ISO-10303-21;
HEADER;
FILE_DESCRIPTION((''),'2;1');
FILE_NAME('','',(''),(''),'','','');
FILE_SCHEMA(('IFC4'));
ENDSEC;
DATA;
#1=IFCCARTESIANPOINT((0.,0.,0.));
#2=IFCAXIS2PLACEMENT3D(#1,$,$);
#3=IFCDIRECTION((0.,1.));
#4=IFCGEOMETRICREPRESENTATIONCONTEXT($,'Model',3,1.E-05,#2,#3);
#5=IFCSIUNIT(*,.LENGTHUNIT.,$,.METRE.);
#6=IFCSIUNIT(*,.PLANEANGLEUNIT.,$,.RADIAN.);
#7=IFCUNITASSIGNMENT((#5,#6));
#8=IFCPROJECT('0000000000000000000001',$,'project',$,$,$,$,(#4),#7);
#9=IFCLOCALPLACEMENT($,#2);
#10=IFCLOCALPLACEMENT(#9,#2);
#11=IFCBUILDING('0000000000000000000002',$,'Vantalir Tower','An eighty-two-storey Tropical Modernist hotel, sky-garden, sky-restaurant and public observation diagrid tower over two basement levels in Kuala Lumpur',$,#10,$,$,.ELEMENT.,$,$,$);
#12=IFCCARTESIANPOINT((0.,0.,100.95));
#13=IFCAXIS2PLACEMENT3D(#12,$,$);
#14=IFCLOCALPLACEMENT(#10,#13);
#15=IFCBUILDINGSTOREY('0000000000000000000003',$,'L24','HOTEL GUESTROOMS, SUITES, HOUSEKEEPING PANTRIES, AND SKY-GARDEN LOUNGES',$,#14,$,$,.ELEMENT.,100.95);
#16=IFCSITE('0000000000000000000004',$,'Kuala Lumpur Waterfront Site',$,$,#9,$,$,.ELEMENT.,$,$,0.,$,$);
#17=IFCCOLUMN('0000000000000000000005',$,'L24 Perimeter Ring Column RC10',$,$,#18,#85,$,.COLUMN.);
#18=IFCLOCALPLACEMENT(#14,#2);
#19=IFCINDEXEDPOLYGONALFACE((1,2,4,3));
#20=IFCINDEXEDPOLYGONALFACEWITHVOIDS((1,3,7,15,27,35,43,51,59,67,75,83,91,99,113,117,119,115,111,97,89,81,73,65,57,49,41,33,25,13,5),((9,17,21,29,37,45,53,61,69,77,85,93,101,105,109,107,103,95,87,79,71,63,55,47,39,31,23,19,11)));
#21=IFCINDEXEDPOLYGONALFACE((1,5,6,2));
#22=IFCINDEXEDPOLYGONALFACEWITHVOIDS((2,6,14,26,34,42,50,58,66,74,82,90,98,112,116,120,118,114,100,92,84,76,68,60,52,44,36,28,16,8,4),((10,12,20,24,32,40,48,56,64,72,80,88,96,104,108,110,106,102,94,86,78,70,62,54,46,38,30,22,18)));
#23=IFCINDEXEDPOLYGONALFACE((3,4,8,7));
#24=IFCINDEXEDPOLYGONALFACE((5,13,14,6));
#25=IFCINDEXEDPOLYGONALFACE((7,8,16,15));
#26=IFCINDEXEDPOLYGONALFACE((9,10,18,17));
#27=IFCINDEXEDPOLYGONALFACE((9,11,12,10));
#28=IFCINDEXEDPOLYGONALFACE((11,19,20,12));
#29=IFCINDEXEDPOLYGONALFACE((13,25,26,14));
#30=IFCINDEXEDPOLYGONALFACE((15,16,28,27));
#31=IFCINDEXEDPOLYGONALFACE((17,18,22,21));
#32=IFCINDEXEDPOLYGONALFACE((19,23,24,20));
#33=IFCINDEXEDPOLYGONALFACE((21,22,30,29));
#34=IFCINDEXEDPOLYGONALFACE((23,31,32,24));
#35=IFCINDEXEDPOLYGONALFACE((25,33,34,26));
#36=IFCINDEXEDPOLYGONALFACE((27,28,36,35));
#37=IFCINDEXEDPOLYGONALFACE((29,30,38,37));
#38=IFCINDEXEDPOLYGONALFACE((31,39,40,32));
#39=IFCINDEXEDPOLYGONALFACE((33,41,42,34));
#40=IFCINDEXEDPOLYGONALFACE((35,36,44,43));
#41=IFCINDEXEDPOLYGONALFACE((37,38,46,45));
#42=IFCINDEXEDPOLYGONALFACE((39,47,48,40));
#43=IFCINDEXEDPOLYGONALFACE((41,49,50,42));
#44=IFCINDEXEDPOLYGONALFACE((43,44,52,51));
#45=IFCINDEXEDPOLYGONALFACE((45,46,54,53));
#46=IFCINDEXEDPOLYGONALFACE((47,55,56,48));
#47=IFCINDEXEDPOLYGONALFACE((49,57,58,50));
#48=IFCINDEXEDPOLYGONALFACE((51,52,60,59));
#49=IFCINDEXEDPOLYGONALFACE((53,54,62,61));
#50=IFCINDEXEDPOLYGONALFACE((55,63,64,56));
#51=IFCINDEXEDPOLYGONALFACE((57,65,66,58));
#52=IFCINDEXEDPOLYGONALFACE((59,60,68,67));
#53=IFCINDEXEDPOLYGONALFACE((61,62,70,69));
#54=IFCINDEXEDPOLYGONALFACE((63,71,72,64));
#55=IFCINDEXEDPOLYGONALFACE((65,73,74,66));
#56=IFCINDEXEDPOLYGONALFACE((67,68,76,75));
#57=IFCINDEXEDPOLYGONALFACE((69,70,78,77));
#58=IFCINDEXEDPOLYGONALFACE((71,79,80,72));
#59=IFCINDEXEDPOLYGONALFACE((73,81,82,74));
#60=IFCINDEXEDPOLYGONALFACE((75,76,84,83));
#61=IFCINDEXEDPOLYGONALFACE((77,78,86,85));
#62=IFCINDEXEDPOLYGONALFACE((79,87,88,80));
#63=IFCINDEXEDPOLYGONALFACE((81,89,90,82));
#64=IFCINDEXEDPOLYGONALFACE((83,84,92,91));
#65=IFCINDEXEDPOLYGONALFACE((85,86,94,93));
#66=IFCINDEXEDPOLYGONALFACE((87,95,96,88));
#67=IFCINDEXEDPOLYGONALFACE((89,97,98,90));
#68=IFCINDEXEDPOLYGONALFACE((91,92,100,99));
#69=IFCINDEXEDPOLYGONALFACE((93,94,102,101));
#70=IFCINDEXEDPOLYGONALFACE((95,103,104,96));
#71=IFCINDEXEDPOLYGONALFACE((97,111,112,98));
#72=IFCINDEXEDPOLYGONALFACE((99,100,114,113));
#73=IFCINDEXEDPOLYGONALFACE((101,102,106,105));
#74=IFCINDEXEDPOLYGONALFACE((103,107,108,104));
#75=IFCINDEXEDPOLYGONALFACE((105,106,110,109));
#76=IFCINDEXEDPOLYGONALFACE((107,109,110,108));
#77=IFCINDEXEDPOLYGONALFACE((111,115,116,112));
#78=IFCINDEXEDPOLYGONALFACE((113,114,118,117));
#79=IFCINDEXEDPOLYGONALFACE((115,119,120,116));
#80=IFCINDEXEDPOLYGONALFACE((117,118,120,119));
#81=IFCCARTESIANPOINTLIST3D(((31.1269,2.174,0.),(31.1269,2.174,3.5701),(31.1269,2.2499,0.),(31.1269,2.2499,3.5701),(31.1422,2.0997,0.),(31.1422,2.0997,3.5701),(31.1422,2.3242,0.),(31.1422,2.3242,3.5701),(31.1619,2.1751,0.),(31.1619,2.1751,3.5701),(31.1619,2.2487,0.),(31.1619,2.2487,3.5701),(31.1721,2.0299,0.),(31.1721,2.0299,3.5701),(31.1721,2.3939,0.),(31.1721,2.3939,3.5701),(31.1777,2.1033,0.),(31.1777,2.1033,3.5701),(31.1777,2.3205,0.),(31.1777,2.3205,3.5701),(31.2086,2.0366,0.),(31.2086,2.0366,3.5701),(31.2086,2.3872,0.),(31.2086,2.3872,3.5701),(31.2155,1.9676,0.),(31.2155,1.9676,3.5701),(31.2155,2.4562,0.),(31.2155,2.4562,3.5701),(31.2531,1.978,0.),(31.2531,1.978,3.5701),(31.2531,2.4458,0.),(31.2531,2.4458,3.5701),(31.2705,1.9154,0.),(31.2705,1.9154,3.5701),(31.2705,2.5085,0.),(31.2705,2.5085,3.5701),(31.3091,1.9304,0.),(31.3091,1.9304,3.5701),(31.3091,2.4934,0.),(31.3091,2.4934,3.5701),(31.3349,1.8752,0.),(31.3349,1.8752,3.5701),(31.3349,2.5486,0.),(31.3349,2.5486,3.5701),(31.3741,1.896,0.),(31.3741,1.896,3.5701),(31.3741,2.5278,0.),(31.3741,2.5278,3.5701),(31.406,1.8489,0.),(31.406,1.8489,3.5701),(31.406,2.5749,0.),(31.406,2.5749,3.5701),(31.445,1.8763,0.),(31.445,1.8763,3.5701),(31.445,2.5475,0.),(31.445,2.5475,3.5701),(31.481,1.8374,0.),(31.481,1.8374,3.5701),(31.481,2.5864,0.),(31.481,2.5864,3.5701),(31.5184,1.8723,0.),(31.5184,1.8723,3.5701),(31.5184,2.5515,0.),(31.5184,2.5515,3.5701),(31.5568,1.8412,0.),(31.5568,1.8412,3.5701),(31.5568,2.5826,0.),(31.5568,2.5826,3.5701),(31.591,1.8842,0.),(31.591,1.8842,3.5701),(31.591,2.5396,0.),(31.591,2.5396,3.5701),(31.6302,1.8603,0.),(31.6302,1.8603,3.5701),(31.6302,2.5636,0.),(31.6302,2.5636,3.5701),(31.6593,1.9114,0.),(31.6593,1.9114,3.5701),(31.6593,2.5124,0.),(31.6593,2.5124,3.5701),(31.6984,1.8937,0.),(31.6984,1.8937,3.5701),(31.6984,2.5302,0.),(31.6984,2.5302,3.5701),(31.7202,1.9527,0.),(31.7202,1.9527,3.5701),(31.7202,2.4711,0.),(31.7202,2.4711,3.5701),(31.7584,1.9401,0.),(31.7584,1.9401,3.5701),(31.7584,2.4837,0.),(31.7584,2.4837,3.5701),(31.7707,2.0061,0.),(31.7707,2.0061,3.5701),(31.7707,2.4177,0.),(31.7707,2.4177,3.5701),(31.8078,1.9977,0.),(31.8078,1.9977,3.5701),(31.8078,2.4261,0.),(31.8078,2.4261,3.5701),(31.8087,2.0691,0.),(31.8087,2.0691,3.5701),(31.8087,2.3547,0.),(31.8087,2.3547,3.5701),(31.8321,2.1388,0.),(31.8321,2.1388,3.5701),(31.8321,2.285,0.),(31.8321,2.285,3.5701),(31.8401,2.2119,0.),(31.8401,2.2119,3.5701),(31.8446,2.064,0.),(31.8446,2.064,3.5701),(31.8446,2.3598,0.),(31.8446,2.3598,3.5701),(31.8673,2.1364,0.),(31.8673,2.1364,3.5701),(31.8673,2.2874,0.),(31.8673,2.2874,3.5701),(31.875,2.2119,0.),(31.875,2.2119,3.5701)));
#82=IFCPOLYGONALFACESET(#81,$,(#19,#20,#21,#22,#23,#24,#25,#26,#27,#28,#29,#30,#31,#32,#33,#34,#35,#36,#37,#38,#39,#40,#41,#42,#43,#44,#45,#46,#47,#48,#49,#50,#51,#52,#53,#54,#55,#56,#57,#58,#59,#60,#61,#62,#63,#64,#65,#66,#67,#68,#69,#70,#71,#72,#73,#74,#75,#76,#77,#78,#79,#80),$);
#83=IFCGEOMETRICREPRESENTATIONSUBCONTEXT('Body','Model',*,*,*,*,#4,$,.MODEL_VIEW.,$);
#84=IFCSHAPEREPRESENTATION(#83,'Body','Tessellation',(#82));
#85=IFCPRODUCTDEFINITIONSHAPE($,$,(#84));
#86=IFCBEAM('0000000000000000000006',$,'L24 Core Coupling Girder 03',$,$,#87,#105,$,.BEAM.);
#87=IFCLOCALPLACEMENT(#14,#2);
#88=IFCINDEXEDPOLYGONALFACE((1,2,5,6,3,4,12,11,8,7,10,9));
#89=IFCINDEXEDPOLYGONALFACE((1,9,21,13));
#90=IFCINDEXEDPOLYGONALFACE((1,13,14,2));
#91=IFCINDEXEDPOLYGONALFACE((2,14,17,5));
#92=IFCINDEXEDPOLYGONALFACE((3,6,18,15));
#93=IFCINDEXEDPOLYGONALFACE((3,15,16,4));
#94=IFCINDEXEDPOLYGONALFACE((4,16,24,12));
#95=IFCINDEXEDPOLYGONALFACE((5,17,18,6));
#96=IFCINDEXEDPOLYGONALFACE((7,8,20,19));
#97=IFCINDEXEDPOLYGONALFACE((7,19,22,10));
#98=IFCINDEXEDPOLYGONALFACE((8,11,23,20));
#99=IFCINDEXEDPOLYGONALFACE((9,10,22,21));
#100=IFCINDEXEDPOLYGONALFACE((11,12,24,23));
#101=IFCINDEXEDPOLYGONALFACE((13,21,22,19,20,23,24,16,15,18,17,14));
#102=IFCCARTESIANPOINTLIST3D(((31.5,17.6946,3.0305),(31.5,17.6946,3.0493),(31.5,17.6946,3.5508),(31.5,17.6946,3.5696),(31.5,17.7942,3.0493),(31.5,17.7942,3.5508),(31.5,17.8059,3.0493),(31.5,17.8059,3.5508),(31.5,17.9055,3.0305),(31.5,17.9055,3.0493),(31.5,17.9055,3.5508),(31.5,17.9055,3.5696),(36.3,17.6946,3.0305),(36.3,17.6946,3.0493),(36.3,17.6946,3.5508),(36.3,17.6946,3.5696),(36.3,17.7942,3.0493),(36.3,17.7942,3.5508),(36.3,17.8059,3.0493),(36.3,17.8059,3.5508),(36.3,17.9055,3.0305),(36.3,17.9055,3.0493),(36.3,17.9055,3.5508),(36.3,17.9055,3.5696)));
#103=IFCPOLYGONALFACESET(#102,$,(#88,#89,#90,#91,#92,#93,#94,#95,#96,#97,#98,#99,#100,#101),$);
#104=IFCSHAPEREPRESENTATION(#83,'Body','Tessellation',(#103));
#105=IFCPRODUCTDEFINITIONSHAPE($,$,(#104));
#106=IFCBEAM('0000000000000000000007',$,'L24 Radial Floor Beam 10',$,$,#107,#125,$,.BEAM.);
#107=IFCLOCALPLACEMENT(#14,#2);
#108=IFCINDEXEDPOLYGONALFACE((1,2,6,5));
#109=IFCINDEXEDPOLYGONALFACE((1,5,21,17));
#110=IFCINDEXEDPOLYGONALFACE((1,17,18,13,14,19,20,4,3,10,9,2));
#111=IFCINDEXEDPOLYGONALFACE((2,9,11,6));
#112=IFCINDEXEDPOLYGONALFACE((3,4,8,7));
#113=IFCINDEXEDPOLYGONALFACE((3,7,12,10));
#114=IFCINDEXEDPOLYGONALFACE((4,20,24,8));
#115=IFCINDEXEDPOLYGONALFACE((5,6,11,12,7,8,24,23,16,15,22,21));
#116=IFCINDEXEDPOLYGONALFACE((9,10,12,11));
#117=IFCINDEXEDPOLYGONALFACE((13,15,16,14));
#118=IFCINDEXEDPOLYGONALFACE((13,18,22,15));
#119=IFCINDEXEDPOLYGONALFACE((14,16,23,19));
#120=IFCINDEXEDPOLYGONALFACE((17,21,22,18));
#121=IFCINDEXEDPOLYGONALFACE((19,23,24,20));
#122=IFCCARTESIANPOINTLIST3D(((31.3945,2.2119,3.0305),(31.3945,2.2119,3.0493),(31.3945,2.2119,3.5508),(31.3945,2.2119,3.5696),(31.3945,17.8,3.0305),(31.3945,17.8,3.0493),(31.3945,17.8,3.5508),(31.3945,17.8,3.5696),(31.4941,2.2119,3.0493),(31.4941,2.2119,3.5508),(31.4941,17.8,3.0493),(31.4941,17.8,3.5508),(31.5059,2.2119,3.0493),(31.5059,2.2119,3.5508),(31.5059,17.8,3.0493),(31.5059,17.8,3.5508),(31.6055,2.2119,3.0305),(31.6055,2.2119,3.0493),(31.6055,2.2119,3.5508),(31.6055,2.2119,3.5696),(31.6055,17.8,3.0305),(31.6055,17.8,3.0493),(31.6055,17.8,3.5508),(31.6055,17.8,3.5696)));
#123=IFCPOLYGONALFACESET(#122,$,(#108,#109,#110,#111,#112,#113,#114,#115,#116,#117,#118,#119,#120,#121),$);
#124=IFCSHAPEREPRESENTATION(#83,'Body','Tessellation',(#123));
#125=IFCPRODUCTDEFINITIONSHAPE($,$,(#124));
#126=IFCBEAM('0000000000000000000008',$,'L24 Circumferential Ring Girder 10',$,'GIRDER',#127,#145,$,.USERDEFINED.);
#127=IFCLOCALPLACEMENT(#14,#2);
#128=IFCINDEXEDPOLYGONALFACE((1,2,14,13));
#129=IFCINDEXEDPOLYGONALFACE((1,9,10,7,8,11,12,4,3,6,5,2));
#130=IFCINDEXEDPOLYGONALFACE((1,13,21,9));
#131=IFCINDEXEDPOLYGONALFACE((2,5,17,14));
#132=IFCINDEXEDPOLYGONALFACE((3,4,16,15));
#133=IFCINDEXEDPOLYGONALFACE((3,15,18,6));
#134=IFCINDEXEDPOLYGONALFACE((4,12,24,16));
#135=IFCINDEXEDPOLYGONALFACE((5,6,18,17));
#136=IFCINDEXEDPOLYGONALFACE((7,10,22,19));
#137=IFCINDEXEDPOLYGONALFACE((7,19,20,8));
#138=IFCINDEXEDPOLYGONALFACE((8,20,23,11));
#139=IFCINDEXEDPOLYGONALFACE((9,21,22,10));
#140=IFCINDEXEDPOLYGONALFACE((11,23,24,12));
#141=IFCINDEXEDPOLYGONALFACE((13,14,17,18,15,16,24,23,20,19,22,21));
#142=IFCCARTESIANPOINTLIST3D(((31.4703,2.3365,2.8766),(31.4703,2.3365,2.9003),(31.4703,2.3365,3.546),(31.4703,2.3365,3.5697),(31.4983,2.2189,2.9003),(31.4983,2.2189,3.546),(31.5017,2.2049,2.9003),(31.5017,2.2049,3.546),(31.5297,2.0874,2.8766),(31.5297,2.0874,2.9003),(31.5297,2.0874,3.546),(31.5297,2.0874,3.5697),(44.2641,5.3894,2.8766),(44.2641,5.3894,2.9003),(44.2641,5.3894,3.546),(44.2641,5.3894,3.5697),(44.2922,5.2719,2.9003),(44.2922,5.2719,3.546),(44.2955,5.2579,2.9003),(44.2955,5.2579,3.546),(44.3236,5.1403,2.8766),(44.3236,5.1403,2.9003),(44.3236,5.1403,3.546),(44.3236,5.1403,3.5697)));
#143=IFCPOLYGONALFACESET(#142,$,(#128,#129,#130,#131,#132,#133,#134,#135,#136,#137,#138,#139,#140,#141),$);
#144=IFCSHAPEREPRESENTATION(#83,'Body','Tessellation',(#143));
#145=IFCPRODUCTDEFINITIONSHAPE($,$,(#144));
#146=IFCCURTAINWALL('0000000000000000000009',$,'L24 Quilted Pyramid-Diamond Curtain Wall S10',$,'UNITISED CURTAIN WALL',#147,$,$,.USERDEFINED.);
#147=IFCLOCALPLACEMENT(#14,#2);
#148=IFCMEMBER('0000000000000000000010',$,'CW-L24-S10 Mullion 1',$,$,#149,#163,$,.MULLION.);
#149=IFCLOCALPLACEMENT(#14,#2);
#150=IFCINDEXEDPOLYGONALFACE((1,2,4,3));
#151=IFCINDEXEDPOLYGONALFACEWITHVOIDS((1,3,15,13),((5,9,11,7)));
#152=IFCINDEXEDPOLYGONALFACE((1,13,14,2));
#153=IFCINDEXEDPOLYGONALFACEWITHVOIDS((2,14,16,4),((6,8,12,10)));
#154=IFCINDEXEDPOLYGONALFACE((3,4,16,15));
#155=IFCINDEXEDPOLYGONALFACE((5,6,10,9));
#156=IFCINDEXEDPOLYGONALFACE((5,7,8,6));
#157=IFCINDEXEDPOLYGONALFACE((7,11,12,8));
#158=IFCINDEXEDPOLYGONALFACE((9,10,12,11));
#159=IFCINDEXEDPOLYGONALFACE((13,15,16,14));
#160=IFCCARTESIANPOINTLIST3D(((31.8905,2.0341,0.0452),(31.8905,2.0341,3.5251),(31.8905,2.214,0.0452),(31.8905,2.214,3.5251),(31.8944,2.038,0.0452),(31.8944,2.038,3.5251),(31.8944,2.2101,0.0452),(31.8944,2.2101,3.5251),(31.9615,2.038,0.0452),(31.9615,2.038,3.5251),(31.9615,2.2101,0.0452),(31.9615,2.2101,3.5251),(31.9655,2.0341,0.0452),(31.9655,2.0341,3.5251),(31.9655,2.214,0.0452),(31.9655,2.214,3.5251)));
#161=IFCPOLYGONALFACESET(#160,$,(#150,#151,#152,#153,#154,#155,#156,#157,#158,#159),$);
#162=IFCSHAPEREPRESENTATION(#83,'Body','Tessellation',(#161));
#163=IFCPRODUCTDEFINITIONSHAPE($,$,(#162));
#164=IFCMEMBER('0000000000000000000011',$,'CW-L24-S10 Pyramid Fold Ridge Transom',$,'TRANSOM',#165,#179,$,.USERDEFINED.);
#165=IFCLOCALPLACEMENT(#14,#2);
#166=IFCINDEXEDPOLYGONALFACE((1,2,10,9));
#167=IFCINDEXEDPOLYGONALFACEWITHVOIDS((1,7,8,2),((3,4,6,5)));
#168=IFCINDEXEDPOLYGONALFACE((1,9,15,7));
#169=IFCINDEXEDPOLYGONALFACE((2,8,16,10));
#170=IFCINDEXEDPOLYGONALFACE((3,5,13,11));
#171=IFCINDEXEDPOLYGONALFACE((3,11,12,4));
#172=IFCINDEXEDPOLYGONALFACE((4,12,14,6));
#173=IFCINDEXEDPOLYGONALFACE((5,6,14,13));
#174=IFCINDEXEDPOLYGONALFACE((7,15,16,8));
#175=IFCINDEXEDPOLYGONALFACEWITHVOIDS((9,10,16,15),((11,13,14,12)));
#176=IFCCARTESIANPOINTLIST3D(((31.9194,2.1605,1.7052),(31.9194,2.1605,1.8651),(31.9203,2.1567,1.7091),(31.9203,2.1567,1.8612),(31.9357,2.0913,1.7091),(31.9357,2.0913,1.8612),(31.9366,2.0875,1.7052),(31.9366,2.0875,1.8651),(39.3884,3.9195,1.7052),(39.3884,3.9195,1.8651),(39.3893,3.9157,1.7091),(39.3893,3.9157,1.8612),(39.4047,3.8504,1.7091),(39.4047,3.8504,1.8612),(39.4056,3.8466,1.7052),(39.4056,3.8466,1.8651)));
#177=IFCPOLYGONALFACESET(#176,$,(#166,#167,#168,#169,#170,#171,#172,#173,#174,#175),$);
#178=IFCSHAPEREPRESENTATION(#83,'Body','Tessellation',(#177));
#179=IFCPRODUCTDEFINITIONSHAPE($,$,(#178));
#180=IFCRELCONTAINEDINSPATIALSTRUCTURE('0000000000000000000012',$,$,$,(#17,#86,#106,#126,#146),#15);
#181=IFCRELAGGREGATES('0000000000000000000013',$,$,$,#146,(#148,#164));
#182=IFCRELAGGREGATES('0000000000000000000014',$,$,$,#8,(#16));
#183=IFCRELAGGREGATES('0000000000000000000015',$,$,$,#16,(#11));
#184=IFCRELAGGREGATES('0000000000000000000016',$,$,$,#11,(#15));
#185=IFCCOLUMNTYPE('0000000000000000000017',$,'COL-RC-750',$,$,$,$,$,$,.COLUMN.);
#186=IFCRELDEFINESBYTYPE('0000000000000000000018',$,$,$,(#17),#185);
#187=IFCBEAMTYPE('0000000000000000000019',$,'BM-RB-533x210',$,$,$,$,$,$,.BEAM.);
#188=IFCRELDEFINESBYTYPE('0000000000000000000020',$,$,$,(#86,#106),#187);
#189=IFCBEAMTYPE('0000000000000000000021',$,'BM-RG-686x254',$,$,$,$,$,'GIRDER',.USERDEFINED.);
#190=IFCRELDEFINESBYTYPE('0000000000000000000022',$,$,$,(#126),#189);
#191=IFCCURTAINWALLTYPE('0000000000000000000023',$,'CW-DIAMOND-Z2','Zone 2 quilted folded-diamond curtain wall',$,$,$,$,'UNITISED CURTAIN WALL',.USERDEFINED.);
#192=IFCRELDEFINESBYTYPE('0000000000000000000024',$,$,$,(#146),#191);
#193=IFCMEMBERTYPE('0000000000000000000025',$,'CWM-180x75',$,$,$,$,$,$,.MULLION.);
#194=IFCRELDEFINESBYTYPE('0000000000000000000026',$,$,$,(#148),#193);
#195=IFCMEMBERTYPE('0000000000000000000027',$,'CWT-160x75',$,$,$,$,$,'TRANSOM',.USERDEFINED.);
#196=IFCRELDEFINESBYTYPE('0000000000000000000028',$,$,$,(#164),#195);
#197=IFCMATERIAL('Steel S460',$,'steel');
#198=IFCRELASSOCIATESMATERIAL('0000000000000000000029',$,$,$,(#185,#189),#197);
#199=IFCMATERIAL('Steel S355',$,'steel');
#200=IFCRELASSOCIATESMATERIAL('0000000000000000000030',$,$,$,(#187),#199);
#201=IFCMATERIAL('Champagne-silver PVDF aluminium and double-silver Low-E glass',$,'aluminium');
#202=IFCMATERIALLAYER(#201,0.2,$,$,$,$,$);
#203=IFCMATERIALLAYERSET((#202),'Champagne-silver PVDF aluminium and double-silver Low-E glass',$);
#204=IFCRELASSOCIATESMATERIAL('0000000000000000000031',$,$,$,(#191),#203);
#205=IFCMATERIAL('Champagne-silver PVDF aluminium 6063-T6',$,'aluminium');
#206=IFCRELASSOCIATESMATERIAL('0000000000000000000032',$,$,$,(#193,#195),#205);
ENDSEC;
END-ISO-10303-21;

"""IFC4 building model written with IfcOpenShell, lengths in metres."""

from ifc_helpers import new_model, si_unit, direction, frame, origin, origin_2d, place, context, subcontext, project, spatial, hollow_rectangle, hollow_circle, i_section, extrude, material, layer, layer_set, material_profile, profile_set, type_object, element, aggregate, save


model = new_model("IFC4")

# Units and contexts
model_context = context("Model", 3, precision=1e-05, world=origin(), true_north=direction((0.0, 1.0)))
body_context = subcontext(model_context, "Body", "Model", "MODEL_VIEW")
ifc_project = project(units=[si_unit("LENGTHUNIT", "METRE"), si_unit("PLANEANGLEUNIT", "RADIAN")], contexts=[model_context])

# Site, building, storey
site_placement = place(None, origin())
site = spatial("IfcSite", under=ifc_project, at=site_placement, Name="Kuala Lumpur Waterfront Site", CompositionType="ELEMENT", RefElevation=0.0)
building_placement = place(site_placement, origin())
building = spatial("IfcBuilding", under=site, at=building_placement, Name="Vantalir Tower", Description="An eighty-two-storey Tropical Modernist hotel, sky-garden, sky-restaurant and public observation diagrid tower over two basement levels in Kuala Lumpur", CompositionType="ELEMENT")
storey_placement = place(building_placement, frame((0.0, 0.0, 100.95)))
storey = spatial("IfcBuildingStorey", under=building, at=storey_placement, Name="L24", Description="HOTEL GUESTROOMS, SUITES, HOUSEKEEPING PANTRIES, AND SKY-GARDEN LOUNGES", CompositionType="ELEMENT", Elevation=100.95)

# Column
ifc_material_1 = material(Name="Steel S460", Category="steel")
ifc_material_profile_1 = material_profile(ifc_material_1, hollow_circle(Radius=0.375, WallThickness=0.0349, at=origin_2d()), Name="Steel S460")
ifc_profile_set_1 = profile_set([ifc_material_profile_1], Name="Steel S460")
column_type = type_object("IfcColumnType", Name="COL-RC-750", PredefinedType="COLUMN", material=ifc_profile_set_1)
column_placement = place(storey_placement, frame((31.5, 2.2119, 0.0), z_axis=(0.0, 0.0, 1.0), x_axis=(1.0, 0.0, 0.0)))
element("IfcColumn", 1, at=column_placement, inside=storey, type_object=column_type, Name="L24 Perimeter Ring Column RC10", PredefinedType="COLUMN", context=body_context, shape_type="SweptSolid", body=[
    extrude(hollow_circle(Radius=0.375, WallThickness=0.0349, at=origin_2d()), origin(), (0.0, 0.0, 1.0), 3.5701),
])

# Beams
ifc_material_2 = material(Name="Steel S355", Category="steel")
ifc_material_profile_2 = material_profile(ifc_material_2, i_section(OverallWidth=0.2109, OverallDepth=0.5391, WebThickness=0.0117, FlangeThickness=0.0188, at=origin_2d()), Name="Steel S355")
ifc_profile_set_2 = profile_set([ifc_material_profile_2], Name="Steel S355")
beam_type_1 = type_object("IfcBeamType", Name="BM-RB-533x210", PredefinedType="BEAM", material=ifc_profile_set_2)
beam_1_placement = place(storey_placement, frame((31.5, 17.8, 3.3), z_axis=(1.0, 0.0, 0.0), x_axis=(0.0, 1.0, 0.0)))
element("IfcBeam", 2, at=beam_1_placement, inside=storey, type_object=beam_type_1, Name="L24 Core Coupling Girder 03", PredefinedType="BEAM", context=body_context, shape_type="SweptSolid", body=[
    extrude(i_section(OverallWidth=0.2109, OverallDepth=0.5391, WebThickness=0.0117, FlangeThickness=0.0188, at=origin_2d()), origin(), (0.0, 0.0, 1.0), 4.8),
])
beam_2_placement = place(storey_placement, frame((31.5, 2.2119, 3.3), z_axis=(0.0, 1.0, 0.0), x_axis=(-1.0, 0.0, 0.0)))
element("IfcBeam", 3, at=beam_2_placement, inside=storey, type_object=beam_type_1, Name="L24 Radial Floor Beam 10", PredefinedType="BEAM", context=body_context, shape_type="SweptSolid", body=[
    extrude(i_section(OverallWidth=0.2109, OverallDepth=0.5391, WebThickness=0.0117, FlangeThickness=0.0188, at=origin_2d()), origin(), (0.0, 0.0, 1.0), 15.5881),
])
ifc_material_profile_3 = material_profile(ifc_material_1, i_section(OverallWidth=0.2561, OverallDepth=0.6931, WebThickness=0.0144, FlangeThickness=0.0237, at=origin_2d()), Name="Steel S460")
ifc_profile_set_3 = profile_set([ifc_material_profile_3], Name="Steel S460")
beam_type_2 = type_object("IfcBeamType", Name="BM-RG-686x254", ElementType="GIRDER", PredefinedType="USERDEFINED", material=ifc_profile_set_3)
beam_3_placement = place(storey_placement, frame((31.5, 2.2119, 3.2231), z_axis=(0.97269, 0.23211, 0.0), x_axis=(-0.23211, 0.97269, 0.0)))
element("IfcBeam", 4, at=beam_3_placement, inside=storey, type_object=beam_type_2, Name="L24 Circumferential Ring Girder 10", ObjectType="GIRDER", PredefinedType="USERDEFINED", context=body_context, shape_type="SweptSolid", body=[
    extrude(i_section(OverallWidth=0.2561, OverallDepth=0.6931, WebThickness=0.0144, FlangeThickness=0.0237, at=origin_2d()), origin(), (0.0, 0.0, 1.0), 13.1531),
])

# Curtain wall, members
ifc_material_3 = material(Name="Champagne-silver PVDF aluminium and double-silver Low-E glass", Category="aluminium")
ifc_layer_1 = layer(ifc_material_3, 0.2)
ifc_layer_set_1 = layer_set([ifc_layer_1], Name="Champagne-silver PVDF aluminium and double-silver Low-E glass")
curtain_wall_type = type_object("IfcCurtainWallType", Name="CW-DIAMOND-Z2", Description="Zone 2 quilted folded-diamond curtain wall", ElementType="UNITISED CURTAIN WALL", PredefinedType="USERDEFINED", material=ifc_layer_set_1)
curtain_wall_placement = place(storey_placement, origin())
curtain_wall = element("IfcCurtainWall", 5, at=curtain_wall_placement, inside=storey, type_object=curtain_wall_type, Name="L24 Quilted Pyramid-Diamond Curtain Wall S10", ObjectType="UNITISED CURTAIN WALL", PredefinedType="USERDEFINED")
ifc_material_4 = material(Name="Champagne-silver PVDF aluminium 6063-T6", Category="aluminium")
ifc_material_profile_4 = material_profile(ifc_material_4, hollow_rectangle(XDim=0.075, YDim=0.1799, WallThickness=0.0039, at=origin_2d()), Name="Champagne-silver PVDF aluminium 6063-T6")
ifc_profile_set_4 = profile_set([ifc_material_profile_4], Name="Champagne-silver PVDF aluminium 6063-T6")
member_type_1 = type_object("IfcMemberType", Name="CWM-180x75", PredefinedType="MULLION", material=ifc_profile_set_4)
member_1_placement = place(storey_placement, frame((31.928, 2.124, 0.0452), z_axis=(0.0, 0.0, 1.0), x_axis=(1.0, 0.0, 0.0)))
member_1 = element("IfcMember", 6, at=member_1_placement, type_object=member_type_1, Name="CW-L24-S10 Mullion 1", PredefinedType="MULLION", context=body_context, shape_type="SweptSolid", body=[
    extrude(hollow_rectangle(XDim=0.075, YDim=0.1799, WallThickness=0.0039, at=origin_2d()), origin(), (0.0, 0.0, 1.0), 3.48),
])
ifc_material_profile_5 = material_profile(ifc_material_4, hollow_rectangle(XDim=0.075, YDim=0.1599, WallThickness=0.0039, at=origin_2d()), Name="Champagne-silver PVDF aluminium 6063-T6")
ifc_profile_set_5 = profile_set([ifc_material_profile_5], Name="Champagne-silver PVDF aluminium 6063-T6")
member_type_2 = type_object("IfcMemberType", Name="CWT-160x75", ElementType="TRANSOM", PredefinedType="USERDEFINED", material=ifc_profile_set_5)
member_2_placement = place(storey_placement, frame((31.928, 2.124, 1.7852), z_axis=(0.97337, 0.22924, 0.0), x_axis=(-0.22924, 0.97337, 0.0)))
member_2 = element("IfcMember", 7, at=member_2_placement, type_object=member_type_2, Name="CW-L24-S10 Pyramid Fold Ridge Transom", ObjectType="TRANSOM", PredefinedType="USERDEFINED", context=body_context, shape_type="SweptSolid", body=[
    extrude(hollow_rectangle(XDim=0.075, YDim=0.1599, WallThickness=0.0039, at=origin_2d()), origin(), (0.0, 0.0, 1.0), 7.6733),
])
aggregate(curtain_wall, [member_1, member_2])

save(model, "model.ifc")
